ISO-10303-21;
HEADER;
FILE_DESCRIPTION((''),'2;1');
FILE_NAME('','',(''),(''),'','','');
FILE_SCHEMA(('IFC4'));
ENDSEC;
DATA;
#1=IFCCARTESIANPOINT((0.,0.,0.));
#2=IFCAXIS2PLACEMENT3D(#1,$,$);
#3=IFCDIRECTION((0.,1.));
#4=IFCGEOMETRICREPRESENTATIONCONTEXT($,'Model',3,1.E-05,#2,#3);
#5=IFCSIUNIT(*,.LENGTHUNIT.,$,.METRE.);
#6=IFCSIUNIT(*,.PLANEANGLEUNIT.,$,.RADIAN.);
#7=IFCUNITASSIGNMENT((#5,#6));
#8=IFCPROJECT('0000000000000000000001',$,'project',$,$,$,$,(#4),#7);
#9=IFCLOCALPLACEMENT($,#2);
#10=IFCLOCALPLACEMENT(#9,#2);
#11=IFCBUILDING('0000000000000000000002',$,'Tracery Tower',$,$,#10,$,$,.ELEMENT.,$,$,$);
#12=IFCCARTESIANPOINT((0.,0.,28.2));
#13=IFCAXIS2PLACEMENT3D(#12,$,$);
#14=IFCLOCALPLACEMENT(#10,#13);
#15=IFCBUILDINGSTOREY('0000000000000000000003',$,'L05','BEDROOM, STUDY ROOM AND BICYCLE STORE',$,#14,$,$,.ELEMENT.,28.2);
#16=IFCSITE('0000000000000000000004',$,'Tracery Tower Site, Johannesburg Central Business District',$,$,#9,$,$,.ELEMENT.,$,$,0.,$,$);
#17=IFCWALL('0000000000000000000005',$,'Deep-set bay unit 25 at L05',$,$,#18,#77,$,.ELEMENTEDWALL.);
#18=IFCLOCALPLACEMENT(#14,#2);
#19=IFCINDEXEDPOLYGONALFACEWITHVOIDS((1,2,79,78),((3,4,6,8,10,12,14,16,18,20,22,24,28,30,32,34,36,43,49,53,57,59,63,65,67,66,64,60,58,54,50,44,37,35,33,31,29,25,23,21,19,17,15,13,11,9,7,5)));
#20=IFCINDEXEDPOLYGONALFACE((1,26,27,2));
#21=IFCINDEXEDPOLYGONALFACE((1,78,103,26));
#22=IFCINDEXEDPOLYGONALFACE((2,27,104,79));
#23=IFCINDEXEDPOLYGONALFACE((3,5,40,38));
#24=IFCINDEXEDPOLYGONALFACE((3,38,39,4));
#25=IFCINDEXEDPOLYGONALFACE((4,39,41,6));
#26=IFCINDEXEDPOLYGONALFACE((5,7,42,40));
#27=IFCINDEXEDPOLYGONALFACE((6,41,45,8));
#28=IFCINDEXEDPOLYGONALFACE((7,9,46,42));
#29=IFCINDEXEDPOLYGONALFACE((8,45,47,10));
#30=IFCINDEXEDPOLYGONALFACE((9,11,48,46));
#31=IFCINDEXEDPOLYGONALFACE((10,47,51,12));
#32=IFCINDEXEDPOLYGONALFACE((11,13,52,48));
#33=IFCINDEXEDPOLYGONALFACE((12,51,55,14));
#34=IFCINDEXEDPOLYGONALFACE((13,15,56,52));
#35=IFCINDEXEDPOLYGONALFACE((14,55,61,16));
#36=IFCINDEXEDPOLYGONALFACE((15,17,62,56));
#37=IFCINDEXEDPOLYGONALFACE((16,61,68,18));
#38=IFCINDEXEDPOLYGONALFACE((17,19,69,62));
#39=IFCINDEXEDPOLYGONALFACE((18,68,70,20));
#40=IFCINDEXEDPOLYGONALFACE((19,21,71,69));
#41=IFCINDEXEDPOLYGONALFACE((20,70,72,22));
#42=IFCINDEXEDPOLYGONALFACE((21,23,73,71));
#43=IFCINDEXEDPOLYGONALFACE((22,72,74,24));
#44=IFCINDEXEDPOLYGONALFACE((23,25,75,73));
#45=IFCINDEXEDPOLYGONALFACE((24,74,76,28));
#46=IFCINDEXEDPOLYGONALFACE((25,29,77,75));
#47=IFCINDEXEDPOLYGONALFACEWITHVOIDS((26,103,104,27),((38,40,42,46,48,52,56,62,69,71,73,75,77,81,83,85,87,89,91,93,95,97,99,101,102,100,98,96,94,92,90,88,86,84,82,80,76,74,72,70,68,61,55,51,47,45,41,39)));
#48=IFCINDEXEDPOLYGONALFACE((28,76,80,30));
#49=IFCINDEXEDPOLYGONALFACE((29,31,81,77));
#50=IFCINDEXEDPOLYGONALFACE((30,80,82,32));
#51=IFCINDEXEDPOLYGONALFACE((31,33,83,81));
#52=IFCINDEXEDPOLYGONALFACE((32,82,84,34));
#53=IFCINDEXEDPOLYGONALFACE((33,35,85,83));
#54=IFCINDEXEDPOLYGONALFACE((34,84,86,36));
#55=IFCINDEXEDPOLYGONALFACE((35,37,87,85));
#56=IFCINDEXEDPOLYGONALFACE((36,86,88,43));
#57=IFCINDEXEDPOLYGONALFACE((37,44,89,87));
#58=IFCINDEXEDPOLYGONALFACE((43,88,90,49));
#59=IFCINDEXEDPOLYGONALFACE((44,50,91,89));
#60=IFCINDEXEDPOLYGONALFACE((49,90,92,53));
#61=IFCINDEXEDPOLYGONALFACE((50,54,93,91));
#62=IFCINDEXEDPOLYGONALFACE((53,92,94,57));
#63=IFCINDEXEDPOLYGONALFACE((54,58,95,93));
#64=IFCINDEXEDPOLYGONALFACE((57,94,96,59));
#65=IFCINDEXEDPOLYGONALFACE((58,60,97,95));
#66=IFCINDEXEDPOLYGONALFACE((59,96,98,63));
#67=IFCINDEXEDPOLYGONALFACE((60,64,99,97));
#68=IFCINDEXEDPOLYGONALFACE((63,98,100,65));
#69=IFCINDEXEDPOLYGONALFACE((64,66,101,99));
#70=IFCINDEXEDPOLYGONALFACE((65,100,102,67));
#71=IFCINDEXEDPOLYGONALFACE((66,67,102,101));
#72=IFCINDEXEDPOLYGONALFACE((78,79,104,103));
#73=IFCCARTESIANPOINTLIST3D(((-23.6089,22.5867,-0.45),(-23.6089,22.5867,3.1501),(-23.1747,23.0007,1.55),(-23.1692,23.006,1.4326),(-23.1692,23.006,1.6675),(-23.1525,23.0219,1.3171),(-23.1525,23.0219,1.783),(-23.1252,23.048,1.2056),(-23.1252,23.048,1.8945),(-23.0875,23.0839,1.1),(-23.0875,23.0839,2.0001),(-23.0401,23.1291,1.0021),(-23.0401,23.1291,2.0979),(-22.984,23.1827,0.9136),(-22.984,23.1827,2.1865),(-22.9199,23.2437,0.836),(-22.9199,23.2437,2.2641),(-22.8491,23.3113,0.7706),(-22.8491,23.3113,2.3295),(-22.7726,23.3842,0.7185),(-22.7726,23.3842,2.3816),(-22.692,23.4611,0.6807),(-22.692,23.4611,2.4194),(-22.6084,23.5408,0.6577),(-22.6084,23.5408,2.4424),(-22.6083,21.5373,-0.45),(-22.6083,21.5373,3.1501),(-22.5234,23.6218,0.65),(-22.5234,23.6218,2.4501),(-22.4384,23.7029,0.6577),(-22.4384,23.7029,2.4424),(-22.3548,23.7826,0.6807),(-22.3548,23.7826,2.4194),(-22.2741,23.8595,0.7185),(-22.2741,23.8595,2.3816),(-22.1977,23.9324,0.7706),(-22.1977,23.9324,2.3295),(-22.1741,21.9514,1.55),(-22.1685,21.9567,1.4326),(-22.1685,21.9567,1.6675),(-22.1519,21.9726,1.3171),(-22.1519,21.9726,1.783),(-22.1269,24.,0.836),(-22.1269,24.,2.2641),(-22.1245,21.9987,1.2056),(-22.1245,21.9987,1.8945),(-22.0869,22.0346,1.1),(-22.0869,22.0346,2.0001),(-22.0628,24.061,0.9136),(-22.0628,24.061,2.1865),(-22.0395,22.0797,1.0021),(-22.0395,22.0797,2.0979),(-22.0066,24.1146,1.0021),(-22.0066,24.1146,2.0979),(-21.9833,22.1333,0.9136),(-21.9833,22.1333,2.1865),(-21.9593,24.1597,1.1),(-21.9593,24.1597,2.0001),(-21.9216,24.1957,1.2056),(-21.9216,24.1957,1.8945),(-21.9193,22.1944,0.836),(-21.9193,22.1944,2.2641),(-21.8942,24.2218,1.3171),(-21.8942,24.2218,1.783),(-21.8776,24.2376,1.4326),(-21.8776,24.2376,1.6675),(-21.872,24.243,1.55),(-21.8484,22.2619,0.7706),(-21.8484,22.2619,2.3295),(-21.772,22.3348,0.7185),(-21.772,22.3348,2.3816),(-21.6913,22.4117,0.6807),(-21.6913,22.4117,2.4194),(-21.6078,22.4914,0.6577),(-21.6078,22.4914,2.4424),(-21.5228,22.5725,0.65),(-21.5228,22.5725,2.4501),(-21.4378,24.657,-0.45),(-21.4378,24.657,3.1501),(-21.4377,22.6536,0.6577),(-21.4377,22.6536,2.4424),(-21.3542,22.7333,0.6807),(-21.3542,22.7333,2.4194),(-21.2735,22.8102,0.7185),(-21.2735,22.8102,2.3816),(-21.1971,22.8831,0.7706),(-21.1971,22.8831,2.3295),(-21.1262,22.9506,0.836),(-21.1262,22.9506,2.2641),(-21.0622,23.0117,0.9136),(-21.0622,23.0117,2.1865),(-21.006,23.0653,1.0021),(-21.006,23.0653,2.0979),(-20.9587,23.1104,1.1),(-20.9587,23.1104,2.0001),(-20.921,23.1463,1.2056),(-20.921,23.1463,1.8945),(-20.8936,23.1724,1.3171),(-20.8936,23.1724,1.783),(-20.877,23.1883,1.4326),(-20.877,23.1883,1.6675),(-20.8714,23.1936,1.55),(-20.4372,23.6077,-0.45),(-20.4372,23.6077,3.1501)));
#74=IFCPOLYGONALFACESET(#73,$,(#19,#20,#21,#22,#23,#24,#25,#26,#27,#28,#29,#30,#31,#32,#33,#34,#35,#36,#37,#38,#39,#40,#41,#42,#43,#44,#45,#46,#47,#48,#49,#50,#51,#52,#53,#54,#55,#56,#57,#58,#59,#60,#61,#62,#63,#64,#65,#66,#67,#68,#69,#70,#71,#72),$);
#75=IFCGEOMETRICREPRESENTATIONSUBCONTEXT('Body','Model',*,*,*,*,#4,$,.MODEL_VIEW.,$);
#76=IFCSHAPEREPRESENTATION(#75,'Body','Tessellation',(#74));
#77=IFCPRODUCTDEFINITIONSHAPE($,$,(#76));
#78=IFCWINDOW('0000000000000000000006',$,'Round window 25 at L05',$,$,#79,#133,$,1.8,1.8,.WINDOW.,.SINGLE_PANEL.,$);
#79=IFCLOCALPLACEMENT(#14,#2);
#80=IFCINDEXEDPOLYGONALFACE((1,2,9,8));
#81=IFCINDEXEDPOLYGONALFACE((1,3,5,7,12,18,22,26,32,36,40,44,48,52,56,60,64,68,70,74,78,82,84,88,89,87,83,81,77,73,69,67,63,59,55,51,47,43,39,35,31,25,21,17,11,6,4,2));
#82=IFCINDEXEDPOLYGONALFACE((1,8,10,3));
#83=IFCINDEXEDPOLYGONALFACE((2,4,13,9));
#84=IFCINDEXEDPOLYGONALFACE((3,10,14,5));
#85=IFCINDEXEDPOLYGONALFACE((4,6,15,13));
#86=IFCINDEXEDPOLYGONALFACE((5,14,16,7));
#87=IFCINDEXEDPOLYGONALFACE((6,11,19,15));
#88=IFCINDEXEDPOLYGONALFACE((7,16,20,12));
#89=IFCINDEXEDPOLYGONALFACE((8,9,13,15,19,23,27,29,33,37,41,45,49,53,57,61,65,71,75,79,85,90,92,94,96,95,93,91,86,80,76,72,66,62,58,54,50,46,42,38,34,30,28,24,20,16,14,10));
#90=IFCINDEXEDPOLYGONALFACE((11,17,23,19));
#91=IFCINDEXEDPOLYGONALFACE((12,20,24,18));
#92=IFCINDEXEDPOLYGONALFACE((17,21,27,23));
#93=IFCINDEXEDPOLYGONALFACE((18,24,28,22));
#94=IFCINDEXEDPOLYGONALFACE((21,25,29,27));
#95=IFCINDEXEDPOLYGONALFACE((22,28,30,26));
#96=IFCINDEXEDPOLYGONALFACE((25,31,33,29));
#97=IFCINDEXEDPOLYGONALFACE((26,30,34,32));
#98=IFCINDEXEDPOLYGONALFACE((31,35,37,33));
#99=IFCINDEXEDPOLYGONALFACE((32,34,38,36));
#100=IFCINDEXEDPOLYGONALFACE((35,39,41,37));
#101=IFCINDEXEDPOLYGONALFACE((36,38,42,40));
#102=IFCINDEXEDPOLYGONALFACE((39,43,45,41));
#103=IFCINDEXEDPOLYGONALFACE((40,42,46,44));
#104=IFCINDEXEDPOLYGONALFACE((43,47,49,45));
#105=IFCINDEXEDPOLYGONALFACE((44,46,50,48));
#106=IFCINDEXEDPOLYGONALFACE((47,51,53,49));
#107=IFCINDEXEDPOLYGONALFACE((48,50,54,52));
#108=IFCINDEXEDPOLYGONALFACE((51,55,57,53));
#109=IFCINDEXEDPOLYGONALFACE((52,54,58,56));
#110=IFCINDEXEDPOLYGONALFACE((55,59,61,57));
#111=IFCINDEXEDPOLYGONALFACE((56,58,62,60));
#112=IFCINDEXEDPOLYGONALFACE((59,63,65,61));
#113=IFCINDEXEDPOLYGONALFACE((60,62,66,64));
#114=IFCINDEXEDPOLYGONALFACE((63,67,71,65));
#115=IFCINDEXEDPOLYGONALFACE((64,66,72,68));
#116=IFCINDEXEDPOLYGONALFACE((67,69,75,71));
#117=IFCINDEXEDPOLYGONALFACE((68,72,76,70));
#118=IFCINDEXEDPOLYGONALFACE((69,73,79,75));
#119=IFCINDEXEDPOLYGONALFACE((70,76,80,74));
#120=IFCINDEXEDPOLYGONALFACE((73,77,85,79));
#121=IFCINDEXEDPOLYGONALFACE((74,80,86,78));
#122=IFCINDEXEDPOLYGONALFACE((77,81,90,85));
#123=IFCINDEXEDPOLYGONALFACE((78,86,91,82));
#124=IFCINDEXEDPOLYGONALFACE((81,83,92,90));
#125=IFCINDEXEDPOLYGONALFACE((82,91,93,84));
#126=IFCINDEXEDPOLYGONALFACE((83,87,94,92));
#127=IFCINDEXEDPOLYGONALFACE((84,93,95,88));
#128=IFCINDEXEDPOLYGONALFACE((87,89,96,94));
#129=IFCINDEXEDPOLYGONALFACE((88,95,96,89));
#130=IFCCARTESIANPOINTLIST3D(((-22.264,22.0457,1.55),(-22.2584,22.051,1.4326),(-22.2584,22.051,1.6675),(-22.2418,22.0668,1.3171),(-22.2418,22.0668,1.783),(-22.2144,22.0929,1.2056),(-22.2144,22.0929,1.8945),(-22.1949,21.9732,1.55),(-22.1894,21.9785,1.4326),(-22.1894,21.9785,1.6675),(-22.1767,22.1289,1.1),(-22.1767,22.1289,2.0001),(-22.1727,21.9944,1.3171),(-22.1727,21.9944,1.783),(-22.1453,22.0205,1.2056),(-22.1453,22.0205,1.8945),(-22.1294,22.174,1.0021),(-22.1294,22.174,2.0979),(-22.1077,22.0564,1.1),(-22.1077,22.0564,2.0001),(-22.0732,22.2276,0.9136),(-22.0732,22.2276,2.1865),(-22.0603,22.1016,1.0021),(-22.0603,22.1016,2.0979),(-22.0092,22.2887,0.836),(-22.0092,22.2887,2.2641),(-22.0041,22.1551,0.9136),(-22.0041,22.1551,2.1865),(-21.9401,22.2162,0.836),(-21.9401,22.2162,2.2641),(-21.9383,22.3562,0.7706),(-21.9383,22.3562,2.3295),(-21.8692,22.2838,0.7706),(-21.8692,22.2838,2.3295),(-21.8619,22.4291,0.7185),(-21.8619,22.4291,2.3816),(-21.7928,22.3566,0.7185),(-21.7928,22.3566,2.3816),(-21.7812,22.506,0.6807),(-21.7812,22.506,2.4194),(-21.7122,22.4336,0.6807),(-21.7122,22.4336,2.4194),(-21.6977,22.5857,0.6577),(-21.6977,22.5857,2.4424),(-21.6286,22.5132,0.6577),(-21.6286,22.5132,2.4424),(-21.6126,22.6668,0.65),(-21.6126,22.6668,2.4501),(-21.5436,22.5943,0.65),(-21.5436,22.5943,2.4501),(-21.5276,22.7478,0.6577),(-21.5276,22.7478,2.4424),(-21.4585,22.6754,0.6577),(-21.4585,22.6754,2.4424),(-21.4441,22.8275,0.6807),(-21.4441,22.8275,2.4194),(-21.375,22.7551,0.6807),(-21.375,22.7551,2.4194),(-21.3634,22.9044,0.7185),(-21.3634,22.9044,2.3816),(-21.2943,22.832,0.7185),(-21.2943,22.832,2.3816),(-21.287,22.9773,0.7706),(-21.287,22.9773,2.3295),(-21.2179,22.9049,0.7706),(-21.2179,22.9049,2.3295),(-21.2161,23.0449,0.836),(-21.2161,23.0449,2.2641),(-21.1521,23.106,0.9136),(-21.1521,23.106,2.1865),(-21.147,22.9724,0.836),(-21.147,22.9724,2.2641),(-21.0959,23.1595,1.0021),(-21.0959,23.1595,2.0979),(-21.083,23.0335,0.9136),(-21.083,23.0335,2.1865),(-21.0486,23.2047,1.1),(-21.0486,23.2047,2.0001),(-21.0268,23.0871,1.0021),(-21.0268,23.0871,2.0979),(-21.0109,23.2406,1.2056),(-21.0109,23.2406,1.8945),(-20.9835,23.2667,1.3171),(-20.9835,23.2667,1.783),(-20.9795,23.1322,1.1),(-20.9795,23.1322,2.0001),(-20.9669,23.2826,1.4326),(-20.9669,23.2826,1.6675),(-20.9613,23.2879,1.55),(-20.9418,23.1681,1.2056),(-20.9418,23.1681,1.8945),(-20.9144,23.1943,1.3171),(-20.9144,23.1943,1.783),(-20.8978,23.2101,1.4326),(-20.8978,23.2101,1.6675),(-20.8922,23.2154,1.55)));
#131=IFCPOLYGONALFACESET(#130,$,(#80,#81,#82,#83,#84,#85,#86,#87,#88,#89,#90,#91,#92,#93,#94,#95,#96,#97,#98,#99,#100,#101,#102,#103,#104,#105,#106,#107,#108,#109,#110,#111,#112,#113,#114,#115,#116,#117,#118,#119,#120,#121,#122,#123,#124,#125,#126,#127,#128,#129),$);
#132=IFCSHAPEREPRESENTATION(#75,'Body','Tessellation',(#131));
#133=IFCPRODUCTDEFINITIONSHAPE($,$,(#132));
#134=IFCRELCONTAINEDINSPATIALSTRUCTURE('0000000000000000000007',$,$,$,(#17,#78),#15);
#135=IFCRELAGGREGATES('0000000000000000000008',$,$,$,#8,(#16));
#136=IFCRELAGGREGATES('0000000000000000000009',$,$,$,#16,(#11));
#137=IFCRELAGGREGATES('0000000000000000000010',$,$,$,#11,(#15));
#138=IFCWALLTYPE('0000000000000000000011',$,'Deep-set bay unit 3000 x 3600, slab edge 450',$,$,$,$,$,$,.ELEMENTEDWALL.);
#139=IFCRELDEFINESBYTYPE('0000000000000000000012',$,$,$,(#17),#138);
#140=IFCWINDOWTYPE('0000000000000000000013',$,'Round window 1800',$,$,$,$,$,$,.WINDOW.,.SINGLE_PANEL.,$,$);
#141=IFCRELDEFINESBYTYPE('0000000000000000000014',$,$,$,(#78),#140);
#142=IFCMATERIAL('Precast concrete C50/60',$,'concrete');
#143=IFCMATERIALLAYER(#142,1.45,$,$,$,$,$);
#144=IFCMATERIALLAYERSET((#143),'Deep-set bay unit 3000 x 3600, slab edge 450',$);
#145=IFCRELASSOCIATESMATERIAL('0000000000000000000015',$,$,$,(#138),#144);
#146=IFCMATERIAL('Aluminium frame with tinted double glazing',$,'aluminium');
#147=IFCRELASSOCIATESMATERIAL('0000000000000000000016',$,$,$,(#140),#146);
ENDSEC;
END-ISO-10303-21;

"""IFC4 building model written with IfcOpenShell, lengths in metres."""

from ifc_helpers import new_model, si_unit, direction, frame, frame_2d, origin, origin_2d, place, context, subcontext, project, spatial, rectangle, circle, extrude, material, layer, layer_set, type_object, element, fill, save


model = new_model("IFC4")

# Units and contexts
model_context = context("Model", 3, precision=1e-05, world=origin(), true_north=direction((0.0, 1.0)))
body_context = subcontext(model_context, "Body", "Model", "MODEL_VIEW")
ifc_project = project(units=[si_unit("LENGTHUNIT", "METRE"), si_unit("PLANEANGLEUNIT", "RADIAN")], contexts=[model_context])

# Site, building, storey
site_placement = place(None, origin())
site = spatial("IfcSite", under=ifc_project, at=site_placement, Name="Tracery Tower Site, Johannesburg Central Business District", CompositionType="ELEMENT", RefElevation=0.0)
building_placement = place(site_placement, origin())
building = spatial("IfcBuilding", under=site, at=building_placement, Name="Tracery Tower", CompositionType="ELEMENT")
storey_placement = place(building_placement, frame((0.0, 0.0, 28.2)))
storey = spatial("IfcBuildingStorey", under=building, at=storey_placement, Name="L05", Description="BEDROOM, STUDY ROOM AND BICYCLE STORE", CompositionType="ELEMENT", Elevation=28.2)

# Wall, opening, window
ifc_material_1 = material(Name="Precast concrete C50/60", Category="concrete")
ifc_layer_1 = layer(ifc_material_1, 1.45)
ifc_layer_set_1 = layer_set([ifc_layer_1], Name="Deep-set bay unit 3000 x 3600, slab edge 450")
wall_type_1 = type_object("IfcWallType", Name="Deep-set bay unit 3000 x 3600, slab edge 450", PredefinedType="ELEMENTEDWALL", material=ifc_layer_set_1)
wall_1_placement = place(storey_placement, frame((-20.9375, 24.1323, -0.45), z_axis=(0.0, 0.0, 1.0), x_axis=(-0.723712, -0.690102, 0.0)))
wall_1 = element("IfcWall", 1, at=wall_1_placement, inside=storey, type_object=wall_type_1, Name="Deep-set bay unit 25 at L05", PredefinedType="ELEMENTEDWALL", context=body_context, shape_type="SweptSolid", body=[
    extrude(rectangle(XDim=3.0, YDim=1.45, at=frame_2d((1.5, 0.0))), origin(), (0.0, 0.0, 1.0), 3.6001),
])
opening_1_placement = place(wall_1_placement, frame((1.5, 0.0, 2.0)))
opening_1 = element("IfcOpeningElement", 2, at=opening_1_placement, cuts=wall_1, PredefinedType="OPENING", context=body_context, shape_type="SweptSolid", body=[
    extrude(circle(Radius=0.9, at=origin_2d()), frame((0.0, 0.7349, 0.0), z_axis=(0.0, -1.0, 0.0), x_axis=(1.0, 0.0, 0.0)), (0.0, 0.0, 1.0), 1.47),
])
ifc_material_2 = material(Name="Aluminium frame with tinted double glazing", Category="aluminium")
window_type = type_object("IfcWindowType", Name="Round window 1800", PartitioningType="SINGLE_PANEL", PredefinedType="WINDOW", material=ifc_material_2)
window_1_placement = place(opening_1_placement, origin())
window_1 = element("IfcWindow", 3, at=window_1_placement, inside=storey, type_object=window_type, Name="Round window 25 at L05", OverallHeight=1.8, OverallWidth=1.8, PartitioningType="SINGLE_PANEL", PredefinedType="WINDOW", context=body_context, shape_type="SweptSolid", body=[
    extrude(circle(Radius=0.9, at=origin_2d()), frame((0.0, 0.6948, 0.0), z_axis=(0.0, -1.0, 0.0), x_axis=(1.0, 0.0, 0.0)), (0.0, 0.0, 1.0), 0.1001),
])
fill(opening_1, window_1)

save(model, "model.ifc")
